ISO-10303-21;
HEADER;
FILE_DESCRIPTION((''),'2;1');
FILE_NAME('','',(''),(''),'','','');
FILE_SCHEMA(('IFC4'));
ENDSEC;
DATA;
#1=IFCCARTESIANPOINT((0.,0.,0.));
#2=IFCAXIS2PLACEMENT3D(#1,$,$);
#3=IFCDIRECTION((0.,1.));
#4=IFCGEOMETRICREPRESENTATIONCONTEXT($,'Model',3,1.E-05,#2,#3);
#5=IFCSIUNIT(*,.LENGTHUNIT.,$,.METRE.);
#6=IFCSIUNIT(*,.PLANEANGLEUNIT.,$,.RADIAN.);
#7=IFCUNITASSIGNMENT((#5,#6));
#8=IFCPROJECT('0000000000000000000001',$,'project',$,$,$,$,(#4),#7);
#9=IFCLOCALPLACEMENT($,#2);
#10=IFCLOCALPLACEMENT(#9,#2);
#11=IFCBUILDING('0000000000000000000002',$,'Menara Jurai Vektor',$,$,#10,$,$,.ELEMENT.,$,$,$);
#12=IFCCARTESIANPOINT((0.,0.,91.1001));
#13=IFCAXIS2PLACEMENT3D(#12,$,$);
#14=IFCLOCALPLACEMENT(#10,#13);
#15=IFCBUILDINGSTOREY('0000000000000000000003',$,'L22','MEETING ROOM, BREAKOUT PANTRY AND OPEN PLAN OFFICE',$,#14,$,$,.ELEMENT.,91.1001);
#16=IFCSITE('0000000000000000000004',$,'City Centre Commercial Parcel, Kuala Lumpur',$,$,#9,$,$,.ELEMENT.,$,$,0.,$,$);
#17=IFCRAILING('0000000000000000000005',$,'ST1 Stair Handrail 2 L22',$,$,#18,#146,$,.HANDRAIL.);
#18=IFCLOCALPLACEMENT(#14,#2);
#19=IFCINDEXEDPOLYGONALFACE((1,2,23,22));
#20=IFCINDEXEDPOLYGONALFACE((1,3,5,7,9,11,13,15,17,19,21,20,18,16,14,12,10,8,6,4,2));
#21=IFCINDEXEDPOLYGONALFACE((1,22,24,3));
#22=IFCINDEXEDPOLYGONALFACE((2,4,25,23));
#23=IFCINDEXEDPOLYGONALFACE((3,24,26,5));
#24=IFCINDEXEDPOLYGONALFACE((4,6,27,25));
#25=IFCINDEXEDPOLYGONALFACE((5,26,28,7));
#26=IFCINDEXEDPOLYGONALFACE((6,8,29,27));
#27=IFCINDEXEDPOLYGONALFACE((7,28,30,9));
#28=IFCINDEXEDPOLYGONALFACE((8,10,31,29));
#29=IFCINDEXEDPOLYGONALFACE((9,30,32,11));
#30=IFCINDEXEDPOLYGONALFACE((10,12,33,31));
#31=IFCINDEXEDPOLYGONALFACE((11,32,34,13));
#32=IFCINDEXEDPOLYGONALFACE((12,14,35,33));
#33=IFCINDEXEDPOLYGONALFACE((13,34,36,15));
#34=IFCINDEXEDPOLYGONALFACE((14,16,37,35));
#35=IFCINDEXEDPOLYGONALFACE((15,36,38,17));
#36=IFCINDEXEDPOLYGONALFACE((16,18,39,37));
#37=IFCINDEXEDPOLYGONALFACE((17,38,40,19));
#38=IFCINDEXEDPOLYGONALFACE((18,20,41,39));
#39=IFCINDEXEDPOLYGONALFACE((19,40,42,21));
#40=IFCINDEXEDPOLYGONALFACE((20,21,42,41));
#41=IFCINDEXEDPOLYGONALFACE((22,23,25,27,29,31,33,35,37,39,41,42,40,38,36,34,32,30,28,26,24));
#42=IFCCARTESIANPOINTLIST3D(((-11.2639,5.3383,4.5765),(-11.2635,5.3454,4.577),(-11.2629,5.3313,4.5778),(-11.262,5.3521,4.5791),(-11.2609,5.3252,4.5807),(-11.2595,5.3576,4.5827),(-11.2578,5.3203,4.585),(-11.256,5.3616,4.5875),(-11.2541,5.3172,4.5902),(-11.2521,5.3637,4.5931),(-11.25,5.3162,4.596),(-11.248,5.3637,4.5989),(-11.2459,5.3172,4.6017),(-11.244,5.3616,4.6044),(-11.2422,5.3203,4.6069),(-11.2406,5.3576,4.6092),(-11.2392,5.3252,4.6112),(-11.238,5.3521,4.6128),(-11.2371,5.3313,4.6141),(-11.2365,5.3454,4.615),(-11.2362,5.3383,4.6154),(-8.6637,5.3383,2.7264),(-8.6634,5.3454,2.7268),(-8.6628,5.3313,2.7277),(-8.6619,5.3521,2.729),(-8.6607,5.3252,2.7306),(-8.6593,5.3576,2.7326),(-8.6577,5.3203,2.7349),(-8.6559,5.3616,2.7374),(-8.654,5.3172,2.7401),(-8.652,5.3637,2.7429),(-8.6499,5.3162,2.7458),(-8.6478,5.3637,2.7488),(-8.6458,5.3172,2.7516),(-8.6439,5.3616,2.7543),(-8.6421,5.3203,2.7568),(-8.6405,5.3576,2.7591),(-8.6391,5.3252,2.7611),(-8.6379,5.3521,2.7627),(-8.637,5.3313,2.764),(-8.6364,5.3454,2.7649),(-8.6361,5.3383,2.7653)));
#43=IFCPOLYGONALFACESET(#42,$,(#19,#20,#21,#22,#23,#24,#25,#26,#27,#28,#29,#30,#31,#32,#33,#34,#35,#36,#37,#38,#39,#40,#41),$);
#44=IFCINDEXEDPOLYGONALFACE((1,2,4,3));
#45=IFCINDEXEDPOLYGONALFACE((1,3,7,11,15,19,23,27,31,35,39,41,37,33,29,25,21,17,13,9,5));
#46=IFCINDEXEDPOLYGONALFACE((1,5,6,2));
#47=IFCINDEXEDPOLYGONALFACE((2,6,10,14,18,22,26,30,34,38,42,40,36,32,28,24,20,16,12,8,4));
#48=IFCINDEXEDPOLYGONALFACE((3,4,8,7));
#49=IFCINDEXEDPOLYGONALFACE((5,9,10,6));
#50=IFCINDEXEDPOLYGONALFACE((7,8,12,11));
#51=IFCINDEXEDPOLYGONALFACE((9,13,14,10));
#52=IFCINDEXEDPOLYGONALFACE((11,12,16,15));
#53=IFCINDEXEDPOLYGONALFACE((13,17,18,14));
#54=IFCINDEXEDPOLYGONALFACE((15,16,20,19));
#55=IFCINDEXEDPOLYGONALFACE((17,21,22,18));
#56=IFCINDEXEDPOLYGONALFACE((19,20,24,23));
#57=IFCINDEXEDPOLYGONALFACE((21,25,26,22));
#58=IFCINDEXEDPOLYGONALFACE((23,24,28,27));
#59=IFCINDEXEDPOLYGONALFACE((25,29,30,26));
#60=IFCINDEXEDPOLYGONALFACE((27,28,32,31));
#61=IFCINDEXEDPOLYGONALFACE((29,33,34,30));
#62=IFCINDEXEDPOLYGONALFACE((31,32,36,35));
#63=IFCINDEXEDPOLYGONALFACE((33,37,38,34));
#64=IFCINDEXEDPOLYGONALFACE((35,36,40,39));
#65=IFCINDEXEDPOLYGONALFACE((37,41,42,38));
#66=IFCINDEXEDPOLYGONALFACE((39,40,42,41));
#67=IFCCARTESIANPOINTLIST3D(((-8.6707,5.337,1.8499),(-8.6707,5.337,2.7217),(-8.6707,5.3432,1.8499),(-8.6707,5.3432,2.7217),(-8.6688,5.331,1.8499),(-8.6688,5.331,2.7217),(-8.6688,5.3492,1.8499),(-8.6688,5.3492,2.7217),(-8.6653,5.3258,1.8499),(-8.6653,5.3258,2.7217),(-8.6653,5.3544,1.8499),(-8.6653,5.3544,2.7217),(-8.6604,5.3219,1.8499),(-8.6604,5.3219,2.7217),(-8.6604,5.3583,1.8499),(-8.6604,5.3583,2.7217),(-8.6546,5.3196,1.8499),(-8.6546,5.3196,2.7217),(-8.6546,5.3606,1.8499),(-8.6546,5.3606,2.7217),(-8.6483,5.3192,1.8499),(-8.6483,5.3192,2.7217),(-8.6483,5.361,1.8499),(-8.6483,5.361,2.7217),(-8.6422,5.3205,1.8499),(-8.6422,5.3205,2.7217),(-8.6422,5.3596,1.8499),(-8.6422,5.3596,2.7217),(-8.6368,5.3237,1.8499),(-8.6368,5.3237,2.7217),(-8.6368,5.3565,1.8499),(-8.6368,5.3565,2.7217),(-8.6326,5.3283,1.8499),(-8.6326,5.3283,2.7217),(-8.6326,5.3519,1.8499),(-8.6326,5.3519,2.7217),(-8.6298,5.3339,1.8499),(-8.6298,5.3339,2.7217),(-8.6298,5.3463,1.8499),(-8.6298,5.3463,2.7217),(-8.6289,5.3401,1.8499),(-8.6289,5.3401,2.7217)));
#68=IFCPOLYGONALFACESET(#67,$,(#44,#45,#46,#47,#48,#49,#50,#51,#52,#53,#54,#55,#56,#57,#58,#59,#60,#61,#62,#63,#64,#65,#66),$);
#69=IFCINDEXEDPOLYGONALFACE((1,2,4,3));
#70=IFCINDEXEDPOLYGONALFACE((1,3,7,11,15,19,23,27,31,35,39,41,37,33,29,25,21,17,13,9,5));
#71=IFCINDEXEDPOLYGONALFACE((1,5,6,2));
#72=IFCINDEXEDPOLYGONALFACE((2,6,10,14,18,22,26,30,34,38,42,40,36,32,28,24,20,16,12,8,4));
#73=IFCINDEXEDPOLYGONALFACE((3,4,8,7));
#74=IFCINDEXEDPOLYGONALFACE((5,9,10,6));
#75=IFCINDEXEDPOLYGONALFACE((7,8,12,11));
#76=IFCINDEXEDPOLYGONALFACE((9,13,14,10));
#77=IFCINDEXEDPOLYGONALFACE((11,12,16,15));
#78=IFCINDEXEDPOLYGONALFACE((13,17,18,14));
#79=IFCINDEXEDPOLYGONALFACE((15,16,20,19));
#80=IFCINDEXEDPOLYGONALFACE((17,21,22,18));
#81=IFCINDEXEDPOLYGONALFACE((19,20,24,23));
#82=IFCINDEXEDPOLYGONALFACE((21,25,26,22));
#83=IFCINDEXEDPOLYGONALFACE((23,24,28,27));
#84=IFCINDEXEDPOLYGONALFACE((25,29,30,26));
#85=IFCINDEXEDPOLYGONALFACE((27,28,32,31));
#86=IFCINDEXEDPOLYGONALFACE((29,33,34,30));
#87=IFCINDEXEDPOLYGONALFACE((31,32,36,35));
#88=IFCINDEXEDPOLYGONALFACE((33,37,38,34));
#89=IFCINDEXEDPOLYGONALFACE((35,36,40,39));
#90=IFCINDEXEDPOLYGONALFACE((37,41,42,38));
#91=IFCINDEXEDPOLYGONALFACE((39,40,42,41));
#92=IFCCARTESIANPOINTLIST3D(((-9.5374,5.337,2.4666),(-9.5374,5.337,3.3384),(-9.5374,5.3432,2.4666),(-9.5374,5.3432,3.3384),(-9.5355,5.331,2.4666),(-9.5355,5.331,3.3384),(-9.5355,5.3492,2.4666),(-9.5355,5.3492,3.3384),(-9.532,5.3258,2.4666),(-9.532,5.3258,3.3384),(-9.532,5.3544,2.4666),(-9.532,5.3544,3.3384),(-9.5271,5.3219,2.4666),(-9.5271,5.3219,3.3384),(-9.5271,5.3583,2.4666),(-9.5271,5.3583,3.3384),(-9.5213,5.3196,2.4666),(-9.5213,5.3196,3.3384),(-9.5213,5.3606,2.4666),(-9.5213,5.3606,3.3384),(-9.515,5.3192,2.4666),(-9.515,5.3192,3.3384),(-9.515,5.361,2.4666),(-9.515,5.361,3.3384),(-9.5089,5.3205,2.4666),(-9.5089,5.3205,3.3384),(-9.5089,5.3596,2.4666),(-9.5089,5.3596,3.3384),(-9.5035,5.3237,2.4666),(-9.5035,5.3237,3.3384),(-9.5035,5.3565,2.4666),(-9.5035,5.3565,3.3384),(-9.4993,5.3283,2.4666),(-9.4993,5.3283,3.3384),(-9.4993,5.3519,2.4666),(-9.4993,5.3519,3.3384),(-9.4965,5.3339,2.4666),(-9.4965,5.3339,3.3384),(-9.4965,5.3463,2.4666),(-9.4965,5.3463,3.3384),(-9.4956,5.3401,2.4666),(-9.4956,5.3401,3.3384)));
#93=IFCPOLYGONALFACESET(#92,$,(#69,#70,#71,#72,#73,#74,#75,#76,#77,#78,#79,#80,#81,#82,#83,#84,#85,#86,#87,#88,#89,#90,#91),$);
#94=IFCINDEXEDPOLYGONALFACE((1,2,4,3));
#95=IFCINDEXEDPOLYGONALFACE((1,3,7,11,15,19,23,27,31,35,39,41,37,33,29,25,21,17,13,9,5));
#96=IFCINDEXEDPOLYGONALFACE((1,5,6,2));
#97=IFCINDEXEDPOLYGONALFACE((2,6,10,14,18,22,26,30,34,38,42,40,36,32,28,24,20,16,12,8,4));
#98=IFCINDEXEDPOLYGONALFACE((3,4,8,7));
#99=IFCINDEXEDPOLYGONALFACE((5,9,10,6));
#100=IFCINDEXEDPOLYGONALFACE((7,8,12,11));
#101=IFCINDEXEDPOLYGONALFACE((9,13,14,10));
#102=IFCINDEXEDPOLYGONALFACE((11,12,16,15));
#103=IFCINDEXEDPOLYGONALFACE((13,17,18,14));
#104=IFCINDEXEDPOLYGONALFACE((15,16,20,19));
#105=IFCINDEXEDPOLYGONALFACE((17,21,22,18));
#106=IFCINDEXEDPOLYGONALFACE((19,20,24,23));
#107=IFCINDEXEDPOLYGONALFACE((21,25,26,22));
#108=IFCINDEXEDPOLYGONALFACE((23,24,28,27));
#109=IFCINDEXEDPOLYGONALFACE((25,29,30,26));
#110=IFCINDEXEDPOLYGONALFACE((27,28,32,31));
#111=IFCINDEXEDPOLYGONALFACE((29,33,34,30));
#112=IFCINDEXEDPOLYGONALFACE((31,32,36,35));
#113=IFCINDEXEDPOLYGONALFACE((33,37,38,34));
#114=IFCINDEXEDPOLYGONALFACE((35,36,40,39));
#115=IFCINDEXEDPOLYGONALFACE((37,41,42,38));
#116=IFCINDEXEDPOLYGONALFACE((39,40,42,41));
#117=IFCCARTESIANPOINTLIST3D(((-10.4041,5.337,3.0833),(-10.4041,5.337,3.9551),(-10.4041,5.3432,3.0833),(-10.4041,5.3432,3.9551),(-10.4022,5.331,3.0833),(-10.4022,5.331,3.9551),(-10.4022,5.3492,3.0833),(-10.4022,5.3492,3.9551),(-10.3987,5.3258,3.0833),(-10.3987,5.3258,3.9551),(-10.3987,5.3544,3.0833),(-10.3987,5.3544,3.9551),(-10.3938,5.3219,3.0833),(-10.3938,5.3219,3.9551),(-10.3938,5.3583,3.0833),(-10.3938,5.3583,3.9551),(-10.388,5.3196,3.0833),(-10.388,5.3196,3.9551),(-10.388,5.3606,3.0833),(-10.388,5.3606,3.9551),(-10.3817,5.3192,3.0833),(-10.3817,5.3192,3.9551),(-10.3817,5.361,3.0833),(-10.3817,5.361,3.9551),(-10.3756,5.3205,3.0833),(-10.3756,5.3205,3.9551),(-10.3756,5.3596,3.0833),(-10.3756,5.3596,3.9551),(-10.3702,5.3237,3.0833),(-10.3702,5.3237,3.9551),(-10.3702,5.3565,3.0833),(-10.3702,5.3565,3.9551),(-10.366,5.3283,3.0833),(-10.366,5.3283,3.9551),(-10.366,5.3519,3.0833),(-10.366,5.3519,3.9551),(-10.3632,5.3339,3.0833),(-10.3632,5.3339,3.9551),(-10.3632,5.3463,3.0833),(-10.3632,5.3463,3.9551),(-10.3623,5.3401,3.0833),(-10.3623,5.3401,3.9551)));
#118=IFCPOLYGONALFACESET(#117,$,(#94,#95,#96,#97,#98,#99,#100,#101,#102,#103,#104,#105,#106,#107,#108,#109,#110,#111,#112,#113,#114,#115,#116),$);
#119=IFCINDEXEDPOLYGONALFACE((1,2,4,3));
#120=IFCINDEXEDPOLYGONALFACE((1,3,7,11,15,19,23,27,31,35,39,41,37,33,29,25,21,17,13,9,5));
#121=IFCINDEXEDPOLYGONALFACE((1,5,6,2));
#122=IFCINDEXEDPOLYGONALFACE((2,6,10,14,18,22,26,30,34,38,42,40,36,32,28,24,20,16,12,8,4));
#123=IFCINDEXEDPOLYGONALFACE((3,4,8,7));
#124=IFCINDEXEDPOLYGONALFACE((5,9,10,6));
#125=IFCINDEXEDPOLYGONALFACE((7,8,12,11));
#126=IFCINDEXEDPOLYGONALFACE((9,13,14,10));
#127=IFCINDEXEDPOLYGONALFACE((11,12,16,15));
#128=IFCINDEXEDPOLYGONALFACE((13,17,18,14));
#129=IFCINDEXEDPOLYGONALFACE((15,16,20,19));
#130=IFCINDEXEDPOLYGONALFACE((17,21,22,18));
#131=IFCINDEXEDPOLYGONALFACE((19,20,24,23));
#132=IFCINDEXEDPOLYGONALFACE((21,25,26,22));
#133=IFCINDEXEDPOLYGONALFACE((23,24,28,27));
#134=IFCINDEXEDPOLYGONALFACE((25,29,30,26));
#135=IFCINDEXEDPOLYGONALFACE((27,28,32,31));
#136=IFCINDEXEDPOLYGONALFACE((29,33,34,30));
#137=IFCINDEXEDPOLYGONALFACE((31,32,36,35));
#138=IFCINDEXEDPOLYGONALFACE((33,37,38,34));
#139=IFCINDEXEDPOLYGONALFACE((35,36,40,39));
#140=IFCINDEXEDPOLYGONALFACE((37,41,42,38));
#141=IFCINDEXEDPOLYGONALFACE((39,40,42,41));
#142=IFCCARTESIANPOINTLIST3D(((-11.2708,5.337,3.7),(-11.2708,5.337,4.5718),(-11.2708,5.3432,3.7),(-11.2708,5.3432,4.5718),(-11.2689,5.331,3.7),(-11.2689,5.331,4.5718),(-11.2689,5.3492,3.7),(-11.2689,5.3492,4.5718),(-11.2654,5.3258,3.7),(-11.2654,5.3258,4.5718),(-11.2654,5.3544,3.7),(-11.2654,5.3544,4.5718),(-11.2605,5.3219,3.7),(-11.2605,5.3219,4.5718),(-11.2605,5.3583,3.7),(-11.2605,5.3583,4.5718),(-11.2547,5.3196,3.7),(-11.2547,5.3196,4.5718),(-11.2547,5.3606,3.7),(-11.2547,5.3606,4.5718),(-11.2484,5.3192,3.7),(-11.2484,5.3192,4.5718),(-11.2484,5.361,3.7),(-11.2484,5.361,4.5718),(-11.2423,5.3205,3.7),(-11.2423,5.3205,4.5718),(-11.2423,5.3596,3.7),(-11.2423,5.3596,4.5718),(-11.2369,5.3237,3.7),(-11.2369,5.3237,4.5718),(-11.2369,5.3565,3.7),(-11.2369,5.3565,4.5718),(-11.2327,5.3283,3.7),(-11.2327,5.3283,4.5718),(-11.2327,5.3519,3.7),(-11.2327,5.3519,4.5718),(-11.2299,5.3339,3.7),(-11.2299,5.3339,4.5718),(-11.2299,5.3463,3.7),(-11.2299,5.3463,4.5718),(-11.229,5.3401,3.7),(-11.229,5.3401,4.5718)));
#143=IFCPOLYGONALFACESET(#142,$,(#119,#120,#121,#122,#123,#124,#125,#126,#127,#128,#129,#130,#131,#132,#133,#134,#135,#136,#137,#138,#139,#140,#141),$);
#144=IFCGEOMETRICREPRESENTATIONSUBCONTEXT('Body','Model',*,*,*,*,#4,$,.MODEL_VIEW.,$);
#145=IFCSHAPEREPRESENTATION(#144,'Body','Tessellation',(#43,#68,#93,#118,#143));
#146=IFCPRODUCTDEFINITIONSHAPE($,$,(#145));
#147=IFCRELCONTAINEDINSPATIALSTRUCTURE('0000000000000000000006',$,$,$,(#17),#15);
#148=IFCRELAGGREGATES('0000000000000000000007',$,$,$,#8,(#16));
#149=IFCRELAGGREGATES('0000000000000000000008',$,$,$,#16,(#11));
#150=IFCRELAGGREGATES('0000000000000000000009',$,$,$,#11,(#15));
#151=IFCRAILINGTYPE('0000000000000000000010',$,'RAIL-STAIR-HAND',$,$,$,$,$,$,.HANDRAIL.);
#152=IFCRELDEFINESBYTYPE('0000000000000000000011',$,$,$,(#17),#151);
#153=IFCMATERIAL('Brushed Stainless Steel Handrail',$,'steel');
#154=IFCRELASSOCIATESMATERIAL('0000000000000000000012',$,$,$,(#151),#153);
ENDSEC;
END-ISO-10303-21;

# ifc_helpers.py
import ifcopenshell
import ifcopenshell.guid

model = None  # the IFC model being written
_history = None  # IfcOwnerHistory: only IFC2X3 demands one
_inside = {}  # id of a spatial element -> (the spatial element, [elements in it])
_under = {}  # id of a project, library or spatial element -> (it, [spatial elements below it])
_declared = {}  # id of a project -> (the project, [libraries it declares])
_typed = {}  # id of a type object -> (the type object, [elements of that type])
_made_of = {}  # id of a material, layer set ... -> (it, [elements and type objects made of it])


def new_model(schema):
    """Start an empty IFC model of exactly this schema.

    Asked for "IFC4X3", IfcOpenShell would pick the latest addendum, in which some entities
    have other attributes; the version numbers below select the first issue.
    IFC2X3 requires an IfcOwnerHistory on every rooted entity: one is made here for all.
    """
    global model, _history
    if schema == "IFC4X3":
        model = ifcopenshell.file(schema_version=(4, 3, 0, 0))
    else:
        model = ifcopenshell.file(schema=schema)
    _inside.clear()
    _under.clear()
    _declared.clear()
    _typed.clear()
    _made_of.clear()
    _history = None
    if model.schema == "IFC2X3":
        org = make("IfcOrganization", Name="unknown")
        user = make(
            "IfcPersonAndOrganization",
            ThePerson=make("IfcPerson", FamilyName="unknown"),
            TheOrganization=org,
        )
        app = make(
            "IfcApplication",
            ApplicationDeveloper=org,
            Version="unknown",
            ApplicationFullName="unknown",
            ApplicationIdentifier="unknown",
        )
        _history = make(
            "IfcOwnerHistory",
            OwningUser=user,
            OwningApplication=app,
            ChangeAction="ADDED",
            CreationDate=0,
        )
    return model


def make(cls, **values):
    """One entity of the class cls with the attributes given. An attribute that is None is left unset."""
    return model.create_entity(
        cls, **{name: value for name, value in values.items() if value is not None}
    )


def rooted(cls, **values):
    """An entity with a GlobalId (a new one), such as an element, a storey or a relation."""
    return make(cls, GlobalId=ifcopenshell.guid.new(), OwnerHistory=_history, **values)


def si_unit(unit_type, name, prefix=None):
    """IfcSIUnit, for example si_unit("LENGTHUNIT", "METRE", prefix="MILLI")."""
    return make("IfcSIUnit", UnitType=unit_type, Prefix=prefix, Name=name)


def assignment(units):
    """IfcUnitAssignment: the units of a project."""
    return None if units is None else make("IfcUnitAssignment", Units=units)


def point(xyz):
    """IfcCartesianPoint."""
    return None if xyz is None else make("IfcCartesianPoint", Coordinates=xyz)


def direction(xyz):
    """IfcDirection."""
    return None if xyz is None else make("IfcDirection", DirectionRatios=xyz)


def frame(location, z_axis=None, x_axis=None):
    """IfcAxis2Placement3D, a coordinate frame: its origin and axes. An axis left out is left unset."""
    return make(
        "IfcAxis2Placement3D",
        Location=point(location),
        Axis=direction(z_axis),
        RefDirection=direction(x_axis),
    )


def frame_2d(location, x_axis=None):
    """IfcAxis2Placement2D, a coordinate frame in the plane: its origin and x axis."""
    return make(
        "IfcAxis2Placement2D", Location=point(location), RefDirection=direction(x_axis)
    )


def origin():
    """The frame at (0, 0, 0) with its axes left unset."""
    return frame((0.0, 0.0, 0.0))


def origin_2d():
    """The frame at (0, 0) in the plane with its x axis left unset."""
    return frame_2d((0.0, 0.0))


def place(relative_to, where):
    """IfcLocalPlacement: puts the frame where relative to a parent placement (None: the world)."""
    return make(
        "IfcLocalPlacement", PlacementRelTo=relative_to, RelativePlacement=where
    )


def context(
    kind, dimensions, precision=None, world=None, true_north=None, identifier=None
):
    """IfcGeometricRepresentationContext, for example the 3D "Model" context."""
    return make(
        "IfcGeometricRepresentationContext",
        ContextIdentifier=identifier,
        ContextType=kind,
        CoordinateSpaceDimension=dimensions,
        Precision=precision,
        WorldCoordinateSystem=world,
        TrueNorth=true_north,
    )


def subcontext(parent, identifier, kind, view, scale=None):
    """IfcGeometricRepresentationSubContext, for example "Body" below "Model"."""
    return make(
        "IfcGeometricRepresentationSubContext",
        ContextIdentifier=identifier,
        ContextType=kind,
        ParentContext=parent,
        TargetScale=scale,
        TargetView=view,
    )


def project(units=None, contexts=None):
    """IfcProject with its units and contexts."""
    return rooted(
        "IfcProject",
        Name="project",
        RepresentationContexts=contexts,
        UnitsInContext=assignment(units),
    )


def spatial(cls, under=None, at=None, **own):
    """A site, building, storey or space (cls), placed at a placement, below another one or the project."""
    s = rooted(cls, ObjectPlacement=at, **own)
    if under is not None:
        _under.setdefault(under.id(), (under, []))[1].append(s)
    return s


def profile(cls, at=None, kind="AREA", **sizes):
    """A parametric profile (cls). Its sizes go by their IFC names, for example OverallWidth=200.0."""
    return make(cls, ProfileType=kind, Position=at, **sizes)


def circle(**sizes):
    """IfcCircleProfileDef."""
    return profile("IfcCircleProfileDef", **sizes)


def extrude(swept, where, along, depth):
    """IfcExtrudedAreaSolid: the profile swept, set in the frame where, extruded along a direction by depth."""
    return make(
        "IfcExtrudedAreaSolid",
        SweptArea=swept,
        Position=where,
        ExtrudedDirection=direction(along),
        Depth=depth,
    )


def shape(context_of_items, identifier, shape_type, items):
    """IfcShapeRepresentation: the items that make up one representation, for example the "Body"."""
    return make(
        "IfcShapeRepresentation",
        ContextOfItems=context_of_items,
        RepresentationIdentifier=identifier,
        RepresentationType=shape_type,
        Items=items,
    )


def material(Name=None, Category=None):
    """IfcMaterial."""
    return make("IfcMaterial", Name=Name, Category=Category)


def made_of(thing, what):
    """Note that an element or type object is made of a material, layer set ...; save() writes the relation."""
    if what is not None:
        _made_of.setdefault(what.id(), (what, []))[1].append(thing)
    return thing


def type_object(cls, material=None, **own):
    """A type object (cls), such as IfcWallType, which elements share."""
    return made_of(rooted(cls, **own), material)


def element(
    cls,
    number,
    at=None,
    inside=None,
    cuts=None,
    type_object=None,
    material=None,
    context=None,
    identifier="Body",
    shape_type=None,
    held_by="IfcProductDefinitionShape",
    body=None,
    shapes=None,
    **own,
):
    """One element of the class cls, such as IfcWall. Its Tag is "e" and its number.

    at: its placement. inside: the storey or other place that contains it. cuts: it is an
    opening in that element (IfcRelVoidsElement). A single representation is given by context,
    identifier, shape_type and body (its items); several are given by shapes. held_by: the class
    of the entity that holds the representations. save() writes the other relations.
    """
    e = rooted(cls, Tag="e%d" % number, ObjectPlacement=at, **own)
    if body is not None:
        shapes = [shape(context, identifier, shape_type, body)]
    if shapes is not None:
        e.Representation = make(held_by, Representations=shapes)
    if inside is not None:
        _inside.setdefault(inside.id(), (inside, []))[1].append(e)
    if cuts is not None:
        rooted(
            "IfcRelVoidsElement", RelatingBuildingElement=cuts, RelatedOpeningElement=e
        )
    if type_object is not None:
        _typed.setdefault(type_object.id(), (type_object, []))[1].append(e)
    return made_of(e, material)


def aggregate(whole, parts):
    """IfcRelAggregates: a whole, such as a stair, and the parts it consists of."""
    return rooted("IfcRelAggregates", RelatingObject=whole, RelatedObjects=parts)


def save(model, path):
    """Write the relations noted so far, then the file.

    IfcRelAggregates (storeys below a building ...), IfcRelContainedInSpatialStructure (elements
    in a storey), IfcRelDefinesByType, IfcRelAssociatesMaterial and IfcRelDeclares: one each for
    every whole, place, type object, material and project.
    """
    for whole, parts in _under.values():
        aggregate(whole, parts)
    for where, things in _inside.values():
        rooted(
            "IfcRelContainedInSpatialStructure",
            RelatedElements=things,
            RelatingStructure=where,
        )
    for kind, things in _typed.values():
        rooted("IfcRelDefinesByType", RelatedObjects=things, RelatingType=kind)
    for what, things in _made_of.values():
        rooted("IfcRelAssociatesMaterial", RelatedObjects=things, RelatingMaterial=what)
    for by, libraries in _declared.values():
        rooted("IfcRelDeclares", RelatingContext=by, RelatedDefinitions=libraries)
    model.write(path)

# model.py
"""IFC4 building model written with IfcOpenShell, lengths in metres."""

from ifc_helpers import new_model, si_unit, direction, frame, origin, origin_2d, place, context, subcontext, project, spatial, circle, extrude, material, type_object, element, save


model = new_model("IFC4")

# Units and contexts
model_context = context("Model", 3, precision=1e-05, world=origin(), true_north=direction((0.0, 1.0)))
body_context = subcontext(model_context, "Body", "Model", "MODEL_VIEW")
ifc_project = project(units=[si_unit("LENGTHUNIT", "METRE"), si_unit("PLANEANGLEUNIT", "RADIAN")], contexts=[model_context])

# Site, building, storey
site_placement = place(None, origin())
site = spatial("IfcSite", under=ifc_project, at=site_placement, Name="City Centre Commercial Parcel, Kuala Lumpur", CompositionType="ELEMENT", RefElevation=0.0)
building_placement = place(site_placement, origin())
building = spatial("IfcBuilding", under=site, at=building_placement, Name="Menara Jurai Vektor", CompositionType="ELEMENT")
storey_placement = place(building_placement, frame((0.0, 0.0, 91.1001)))
storey = spatial("IfcBuildingStorey", under=building, at=storey_placement, Name="L22", Description="MEETING ROOM, BREAKOUT PANTRY AND OPEN PLAN OFFICE", CompositionType="ELEMENT", Elevation=91.1001)

# Railing
ifc_material_1 = material(Name="Brushed Stainless Steel Handrail", Category="steel")
railing_type_1 = type_object("IfcRailingType", Name="RAIL-STAIR-HAND", PredefinedType="HANDRAIL", material=ifc_material_1)
railing_1_placement = place(storey_placement, frame((-8.6499, 5.3401, 1.8499)))
element("IfcRailing", 1, at=railing_1_placement, inside=storey, type_object=railing_type_1, Name="ST1 Stair Handrail 2 L22", PredefinedType="HANDRAIL", context=body_context, shape_type="SweptSolid", body=[
    extrude(circle(Radius=0.0239, at=origin_2d()), frame((0.0, 0.0, 0.896), z_axis=(-0.814787, 0.0, 0.579761), x_axis=(0.0, -1.0, 0.0)), (0.0, 0.0, 1.0), 3.1912),
    extrude(circle(Radius=0.021, at=origin_2d()), origin(), (0.0, 0.0, 1.0), 0.8718),
    extrude(circle(Radius=0.021, at=origin_2d()), frame((-0.8667, 0.0, 0.6167)), (0.0, 0.0, 1.0), 0.8718),
    extrude(circle(Radius=0.021, at=origin_2d()), frame((-1.7334, 0.0, 1.2334)), (0.0, 0.0, 1.0), 0.8718),
    extrude(circle(Radius=0.021, at=origin_2d()), frame((-2.6001, 0.0, 1.8501)), (0.0, 0.0, 1.0), 0.8718),
])

save(model, "model.ifc")
